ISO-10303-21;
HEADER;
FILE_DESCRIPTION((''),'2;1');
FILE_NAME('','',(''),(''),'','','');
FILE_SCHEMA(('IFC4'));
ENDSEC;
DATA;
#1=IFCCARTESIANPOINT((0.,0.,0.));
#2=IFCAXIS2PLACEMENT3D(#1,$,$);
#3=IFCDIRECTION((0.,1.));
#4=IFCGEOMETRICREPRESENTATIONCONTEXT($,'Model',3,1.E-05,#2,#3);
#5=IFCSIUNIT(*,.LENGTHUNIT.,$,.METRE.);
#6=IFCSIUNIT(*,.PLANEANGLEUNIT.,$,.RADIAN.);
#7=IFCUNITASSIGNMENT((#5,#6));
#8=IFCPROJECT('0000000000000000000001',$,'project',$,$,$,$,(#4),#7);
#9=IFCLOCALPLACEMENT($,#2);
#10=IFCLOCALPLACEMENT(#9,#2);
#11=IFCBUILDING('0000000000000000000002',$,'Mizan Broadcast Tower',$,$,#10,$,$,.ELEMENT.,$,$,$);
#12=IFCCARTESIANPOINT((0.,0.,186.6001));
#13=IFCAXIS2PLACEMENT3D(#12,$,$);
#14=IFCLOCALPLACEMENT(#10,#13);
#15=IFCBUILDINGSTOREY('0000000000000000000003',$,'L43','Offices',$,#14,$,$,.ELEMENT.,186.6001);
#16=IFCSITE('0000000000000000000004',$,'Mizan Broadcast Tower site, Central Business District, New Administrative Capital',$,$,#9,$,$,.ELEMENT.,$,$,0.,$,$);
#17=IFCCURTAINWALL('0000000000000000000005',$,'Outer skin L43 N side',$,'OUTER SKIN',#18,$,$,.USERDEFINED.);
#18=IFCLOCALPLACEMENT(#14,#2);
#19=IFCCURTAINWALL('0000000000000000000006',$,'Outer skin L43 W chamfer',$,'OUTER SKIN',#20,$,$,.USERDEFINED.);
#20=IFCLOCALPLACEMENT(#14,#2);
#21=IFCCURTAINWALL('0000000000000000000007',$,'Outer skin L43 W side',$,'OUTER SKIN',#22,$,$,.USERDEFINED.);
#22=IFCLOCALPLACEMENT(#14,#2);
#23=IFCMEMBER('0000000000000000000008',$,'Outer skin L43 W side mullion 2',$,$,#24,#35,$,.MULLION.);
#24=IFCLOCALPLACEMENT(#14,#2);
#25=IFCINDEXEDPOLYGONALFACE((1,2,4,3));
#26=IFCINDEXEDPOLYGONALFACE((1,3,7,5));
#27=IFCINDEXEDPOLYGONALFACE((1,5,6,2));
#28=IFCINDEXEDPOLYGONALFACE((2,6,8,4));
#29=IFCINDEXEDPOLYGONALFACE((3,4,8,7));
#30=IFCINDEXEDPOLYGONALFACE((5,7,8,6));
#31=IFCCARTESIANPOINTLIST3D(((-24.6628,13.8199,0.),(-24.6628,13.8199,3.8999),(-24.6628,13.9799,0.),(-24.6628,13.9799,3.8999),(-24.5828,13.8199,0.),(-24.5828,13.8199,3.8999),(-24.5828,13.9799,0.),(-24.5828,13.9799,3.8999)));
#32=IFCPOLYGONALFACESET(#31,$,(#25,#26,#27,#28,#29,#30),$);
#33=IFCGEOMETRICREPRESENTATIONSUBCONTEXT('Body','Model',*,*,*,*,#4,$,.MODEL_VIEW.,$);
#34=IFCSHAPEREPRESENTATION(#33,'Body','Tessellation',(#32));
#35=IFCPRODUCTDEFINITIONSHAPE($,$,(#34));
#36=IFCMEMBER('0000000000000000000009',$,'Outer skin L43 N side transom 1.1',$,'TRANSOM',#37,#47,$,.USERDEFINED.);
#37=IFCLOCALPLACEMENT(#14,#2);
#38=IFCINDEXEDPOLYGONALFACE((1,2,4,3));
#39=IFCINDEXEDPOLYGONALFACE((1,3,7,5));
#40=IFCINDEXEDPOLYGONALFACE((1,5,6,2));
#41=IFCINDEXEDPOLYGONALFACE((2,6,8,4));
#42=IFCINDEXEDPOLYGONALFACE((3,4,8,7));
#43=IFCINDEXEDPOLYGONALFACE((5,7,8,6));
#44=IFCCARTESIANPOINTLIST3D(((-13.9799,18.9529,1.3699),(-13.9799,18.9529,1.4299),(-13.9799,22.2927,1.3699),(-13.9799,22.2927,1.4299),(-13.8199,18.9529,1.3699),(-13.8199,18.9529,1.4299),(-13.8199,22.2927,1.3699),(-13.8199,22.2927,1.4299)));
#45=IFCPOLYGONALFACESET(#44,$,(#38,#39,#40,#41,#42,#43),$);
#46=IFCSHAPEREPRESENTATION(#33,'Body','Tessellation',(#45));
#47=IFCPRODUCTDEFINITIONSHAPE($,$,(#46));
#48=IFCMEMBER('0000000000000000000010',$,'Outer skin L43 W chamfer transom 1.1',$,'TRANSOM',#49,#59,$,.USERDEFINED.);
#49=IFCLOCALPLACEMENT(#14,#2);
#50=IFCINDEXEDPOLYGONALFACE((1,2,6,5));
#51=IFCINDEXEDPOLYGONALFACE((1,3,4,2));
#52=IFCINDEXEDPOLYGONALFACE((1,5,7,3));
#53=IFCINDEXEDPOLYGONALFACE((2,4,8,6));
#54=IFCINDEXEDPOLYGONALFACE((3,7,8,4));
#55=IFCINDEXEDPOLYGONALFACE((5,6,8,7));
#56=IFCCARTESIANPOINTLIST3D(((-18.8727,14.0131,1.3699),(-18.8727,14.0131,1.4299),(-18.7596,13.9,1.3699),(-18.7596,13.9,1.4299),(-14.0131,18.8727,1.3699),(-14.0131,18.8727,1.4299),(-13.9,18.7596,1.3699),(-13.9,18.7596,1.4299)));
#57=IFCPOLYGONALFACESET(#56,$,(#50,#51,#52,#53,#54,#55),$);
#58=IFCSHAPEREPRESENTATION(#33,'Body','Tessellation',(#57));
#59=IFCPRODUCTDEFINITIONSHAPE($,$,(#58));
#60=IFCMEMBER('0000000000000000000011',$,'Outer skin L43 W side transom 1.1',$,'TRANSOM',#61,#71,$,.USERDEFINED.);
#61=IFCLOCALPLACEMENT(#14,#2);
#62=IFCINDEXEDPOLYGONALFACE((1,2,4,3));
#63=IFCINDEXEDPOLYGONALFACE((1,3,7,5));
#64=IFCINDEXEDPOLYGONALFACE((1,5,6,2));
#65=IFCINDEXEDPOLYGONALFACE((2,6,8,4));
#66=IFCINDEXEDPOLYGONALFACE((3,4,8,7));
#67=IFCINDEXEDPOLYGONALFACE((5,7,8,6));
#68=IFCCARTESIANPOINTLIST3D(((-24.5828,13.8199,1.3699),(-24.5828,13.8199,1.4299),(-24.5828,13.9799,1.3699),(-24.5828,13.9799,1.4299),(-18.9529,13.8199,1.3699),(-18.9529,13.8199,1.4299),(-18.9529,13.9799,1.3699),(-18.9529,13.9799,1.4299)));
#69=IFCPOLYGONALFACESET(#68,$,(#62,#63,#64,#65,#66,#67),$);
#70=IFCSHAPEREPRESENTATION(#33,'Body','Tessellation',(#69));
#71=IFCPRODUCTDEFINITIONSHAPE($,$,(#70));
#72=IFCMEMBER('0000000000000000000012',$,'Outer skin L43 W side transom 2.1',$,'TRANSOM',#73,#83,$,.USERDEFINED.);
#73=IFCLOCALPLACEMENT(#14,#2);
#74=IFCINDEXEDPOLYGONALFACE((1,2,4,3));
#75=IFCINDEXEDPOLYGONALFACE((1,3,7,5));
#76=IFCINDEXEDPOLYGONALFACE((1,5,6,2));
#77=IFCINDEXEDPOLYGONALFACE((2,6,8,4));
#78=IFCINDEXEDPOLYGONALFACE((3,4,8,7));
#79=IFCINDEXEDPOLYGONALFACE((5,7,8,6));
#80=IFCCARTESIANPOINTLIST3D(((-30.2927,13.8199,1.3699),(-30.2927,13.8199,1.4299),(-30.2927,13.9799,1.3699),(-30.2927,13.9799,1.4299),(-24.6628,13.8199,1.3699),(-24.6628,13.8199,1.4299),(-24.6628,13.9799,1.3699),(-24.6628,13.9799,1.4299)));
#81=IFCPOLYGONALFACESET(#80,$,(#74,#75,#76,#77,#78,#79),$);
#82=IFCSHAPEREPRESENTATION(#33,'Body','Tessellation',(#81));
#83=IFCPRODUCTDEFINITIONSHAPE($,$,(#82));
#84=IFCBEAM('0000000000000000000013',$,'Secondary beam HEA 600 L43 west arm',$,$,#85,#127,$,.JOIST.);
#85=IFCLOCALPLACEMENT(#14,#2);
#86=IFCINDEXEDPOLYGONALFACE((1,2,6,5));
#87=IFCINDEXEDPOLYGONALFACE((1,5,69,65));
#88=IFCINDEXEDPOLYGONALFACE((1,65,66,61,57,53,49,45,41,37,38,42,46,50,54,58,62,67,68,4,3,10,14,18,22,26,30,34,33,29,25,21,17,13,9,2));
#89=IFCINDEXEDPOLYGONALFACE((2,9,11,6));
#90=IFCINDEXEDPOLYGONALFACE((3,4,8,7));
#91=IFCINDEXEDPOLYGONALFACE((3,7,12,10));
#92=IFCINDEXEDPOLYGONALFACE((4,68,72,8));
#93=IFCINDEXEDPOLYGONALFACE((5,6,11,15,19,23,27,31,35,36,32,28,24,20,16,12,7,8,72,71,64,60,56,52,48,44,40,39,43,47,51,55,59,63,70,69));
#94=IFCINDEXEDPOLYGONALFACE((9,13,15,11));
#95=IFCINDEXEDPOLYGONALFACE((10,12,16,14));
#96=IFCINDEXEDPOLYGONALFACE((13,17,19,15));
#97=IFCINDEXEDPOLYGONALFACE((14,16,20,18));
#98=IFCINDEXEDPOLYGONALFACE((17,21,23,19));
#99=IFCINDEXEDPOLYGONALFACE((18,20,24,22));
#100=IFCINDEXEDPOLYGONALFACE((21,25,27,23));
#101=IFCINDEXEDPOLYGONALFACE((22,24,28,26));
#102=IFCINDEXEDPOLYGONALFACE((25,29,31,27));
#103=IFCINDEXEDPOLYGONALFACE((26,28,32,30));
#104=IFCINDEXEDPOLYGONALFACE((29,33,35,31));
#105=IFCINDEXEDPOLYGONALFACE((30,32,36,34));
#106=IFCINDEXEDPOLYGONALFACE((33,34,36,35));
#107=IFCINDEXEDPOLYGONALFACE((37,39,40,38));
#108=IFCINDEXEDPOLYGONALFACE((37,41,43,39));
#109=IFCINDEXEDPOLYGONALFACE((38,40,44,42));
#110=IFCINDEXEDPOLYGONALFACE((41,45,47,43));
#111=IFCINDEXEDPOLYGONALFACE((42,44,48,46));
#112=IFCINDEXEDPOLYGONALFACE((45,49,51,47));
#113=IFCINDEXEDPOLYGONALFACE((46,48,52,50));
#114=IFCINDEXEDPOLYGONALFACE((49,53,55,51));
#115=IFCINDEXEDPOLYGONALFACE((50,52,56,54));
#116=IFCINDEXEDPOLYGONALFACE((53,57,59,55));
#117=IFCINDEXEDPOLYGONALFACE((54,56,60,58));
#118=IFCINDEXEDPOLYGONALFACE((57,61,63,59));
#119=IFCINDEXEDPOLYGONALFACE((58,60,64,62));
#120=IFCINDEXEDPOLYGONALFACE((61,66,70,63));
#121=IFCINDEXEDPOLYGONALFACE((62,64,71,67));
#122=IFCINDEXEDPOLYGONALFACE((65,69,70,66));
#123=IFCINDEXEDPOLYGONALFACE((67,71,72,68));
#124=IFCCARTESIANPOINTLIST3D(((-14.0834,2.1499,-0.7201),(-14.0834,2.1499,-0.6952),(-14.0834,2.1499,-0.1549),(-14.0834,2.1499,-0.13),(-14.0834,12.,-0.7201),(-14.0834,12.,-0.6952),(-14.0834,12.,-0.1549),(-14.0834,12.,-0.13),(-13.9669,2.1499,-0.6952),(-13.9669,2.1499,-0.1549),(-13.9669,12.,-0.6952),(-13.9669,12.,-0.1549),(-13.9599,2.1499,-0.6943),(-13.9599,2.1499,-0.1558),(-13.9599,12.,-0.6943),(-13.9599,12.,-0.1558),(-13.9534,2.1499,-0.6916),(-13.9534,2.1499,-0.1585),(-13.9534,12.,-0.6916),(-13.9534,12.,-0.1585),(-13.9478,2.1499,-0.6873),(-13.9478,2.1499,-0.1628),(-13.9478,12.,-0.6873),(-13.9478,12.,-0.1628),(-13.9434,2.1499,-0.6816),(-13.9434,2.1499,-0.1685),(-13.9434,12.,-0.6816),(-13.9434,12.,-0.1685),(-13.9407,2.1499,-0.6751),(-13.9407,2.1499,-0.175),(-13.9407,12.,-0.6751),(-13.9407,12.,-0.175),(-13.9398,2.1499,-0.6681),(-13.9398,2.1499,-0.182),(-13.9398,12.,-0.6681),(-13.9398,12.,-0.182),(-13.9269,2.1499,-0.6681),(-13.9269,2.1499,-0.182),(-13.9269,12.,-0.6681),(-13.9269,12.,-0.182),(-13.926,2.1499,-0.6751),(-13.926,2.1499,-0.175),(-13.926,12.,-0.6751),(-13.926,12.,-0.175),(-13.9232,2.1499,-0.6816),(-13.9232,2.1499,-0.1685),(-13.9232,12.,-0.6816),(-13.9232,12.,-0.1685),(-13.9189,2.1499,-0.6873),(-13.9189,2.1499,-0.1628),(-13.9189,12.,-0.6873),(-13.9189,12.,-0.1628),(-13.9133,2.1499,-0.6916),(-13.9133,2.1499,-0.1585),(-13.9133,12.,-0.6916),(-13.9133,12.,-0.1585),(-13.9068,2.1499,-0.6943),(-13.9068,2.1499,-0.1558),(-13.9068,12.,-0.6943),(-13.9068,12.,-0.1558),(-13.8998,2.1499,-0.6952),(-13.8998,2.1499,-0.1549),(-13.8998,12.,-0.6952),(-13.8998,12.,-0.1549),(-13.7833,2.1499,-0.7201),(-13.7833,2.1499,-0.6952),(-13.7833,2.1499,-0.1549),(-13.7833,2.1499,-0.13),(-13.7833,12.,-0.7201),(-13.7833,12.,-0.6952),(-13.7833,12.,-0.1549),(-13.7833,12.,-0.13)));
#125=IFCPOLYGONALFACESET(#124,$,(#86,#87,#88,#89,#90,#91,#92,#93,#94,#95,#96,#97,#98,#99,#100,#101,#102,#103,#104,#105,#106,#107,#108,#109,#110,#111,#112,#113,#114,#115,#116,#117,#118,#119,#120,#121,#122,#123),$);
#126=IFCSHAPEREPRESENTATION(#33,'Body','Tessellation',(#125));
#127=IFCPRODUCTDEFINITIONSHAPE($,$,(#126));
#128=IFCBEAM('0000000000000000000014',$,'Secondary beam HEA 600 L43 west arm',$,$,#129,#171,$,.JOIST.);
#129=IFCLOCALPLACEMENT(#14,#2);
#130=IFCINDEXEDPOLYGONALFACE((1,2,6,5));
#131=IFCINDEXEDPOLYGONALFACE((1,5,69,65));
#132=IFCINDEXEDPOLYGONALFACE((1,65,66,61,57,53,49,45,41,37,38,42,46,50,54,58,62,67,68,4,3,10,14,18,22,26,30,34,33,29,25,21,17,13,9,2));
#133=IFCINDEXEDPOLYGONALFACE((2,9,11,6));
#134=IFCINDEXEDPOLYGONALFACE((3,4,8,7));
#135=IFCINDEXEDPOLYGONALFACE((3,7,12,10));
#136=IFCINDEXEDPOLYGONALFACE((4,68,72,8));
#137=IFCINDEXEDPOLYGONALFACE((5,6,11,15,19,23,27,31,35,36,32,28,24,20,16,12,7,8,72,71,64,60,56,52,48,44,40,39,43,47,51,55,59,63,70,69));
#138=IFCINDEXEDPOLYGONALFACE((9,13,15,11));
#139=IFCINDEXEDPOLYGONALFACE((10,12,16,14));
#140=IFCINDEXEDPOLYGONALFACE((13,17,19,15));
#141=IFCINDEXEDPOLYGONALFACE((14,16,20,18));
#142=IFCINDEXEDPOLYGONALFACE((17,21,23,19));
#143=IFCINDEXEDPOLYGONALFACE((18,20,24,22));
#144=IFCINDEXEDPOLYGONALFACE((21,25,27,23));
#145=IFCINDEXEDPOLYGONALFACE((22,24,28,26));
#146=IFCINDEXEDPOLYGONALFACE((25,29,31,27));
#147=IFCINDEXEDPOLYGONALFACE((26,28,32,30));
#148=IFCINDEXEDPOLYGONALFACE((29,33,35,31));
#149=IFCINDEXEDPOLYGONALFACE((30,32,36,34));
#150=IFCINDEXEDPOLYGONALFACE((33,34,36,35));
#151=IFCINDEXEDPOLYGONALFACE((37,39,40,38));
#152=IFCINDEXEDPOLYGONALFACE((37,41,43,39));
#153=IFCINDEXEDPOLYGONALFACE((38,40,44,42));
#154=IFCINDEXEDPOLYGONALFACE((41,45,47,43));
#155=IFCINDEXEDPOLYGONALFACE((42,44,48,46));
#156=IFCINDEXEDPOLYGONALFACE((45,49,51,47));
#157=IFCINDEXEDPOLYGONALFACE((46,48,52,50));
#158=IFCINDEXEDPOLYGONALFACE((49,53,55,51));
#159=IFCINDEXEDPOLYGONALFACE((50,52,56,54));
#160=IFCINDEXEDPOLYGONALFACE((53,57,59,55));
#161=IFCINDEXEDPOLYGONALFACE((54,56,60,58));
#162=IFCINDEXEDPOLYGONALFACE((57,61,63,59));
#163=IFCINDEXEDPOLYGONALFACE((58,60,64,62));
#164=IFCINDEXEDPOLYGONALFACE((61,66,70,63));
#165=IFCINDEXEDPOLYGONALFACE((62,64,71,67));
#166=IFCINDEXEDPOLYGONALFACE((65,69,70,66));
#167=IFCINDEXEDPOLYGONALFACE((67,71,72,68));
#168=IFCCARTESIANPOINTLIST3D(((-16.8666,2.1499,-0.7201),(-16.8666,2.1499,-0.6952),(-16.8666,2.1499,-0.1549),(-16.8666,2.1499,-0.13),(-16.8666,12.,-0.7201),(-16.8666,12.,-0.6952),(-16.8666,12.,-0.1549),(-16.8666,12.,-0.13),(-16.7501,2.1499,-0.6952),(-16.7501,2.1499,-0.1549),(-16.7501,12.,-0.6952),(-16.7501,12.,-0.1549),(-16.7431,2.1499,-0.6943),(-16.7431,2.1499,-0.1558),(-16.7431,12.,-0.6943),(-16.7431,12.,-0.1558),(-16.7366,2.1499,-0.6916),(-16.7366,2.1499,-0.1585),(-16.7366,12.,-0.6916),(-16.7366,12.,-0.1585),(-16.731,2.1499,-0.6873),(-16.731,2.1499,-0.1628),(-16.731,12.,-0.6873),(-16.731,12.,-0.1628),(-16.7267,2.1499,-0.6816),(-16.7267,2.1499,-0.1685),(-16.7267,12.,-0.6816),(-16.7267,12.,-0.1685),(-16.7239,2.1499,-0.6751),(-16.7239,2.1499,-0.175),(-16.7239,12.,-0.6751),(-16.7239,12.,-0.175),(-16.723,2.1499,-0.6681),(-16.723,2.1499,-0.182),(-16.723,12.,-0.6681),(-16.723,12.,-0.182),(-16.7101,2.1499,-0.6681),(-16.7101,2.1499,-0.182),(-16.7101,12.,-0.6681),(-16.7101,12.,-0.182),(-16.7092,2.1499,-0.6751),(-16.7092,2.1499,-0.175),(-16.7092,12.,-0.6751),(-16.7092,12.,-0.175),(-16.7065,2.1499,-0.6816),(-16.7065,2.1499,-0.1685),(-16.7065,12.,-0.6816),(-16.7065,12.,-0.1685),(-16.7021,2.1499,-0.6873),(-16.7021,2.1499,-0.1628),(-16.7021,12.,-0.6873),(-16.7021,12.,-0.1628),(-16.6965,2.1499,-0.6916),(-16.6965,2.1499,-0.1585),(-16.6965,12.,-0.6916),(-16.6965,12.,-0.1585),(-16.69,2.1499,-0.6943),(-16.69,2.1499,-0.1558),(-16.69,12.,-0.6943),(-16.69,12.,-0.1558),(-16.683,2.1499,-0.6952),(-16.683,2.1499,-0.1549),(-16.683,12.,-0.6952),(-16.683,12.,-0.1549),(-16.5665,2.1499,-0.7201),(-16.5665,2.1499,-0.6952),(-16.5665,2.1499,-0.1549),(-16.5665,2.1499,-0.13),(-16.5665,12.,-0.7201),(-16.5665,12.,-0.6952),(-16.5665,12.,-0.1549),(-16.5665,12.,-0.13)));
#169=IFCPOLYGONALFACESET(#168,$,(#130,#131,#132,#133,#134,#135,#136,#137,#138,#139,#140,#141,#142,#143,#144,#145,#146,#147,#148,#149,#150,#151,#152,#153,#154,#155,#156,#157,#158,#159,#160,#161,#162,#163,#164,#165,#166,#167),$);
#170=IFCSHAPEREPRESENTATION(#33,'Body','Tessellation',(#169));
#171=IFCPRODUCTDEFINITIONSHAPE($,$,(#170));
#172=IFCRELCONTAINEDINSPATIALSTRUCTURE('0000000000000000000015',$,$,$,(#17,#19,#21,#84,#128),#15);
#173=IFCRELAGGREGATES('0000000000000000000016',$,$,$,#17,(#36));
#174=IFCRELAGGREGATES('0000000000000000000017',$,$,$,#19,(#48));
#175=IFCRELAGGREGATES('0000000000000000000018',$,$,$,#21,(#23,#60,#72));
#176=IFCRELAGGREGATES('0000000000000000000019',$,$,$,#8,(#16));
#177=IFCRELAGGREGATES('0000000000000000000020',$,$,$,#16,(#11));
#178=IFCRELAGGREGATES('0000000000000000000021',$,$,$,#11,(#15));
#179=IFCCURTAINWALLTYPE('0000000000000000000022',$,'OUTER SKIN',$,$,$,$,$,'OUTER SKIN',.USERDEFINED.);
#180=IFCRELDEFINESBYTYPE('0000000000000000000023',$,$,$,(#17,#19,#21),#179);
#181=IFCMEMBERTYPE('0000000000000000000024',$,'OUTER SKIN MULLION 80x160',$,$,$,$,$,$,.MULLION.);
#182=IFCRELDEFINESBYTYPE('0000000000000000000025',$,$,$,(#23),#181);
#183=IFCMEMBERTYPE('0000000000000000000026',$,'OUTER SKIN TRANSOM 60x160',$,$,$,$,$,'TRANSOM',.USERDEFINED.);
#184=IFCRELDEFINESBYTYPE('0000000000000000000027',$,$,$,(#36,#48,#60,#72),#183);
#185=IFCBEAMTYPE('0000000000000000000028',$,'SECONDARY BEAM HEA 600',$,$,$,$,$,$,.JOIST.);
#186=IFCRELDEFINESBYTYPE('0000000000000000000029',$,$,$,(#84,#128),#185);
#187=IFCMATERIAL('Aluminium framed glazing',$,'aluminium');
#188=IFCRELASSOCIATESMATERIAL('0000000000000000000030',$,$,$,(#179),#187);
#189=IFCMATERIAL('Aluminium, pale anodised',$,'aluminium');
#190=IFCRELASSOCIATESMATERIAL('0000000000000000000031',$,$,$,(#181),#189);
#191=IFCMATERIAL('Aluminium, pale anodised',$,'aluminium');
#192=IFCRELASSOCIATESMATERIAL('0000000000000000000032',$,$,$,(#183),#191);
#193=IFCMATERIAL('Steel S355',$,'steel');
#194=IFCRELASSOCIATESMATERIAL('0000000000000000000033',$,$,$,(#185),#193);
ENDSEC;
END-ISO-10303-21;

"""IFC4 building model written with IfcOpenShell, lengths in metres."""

from ifc_helpers import new_model, si_unit, direction, frame, origin, origin_2d, place, context, subcontext, project, spatial, rectangle, i_section, extrude, material, material_profile, profile_set, type_object, element, aggregate, save


model = new_model("IFC4")

# Units and contexts
model_context = context("Model", 3, precision=1e-05, world=origin(), true_north=direction((0.0, 1.0)))
body_context = subcontext(model_context, "Body", "Model", "MODEL_VIEW")
ifc_project = project(units=[si_unit("LENGTHUNIT", "METRE"), si_unit("PLANEANGLEUNIT", "RADIAN")], contexts=[model_context])

# Site, building, storey
site_placement = place(None, origin())
site = spatial("IfcSite", under=ifc_project, at=site_placement, Name="Mizan Broadcast Tower site, Central Business District, New Administrative Capital", CompositionType="ELEMENT", RefElevation=0.0)
building_placement = place(site_placement, origin())
building = spatial("IfcBuilding", under=site, at=building_placement, Name="Mizan Broadcast Tower", CompositionType="ELEMENT")
storey_placement = place(building_placement, frame((0.0, 0.0, 186.6001)))
storey = spatial("IfcBuildingStorey", under=building, at=storey_placement, Name="L43", Description="Offices", CompositionType="ELEMENT", Elevation=186.6001)

# Curtain walls, member
ifc_material_1 = material(Name="Aluminium framed glazing", Category="aluminium")
curtain_wall_type_1 = type_object("IfcCurtainWallType", Name="OUTER SKIN", ElementType="OUTER SKIN", PredefinedType="USERDEFINED", material=ifc_material_1)
ifc_material_2 = material(Name="Aluminium, pale anodised", Category="aluminium")
ifc_material_profile_1 = material_profile(ifc_material_2, rectangle(XDim=0.1599, YDim=0.0801, at=origin_2d()), Name="MULLION 160x80")
ifc_profile_set_1 = profile_set([ifc_material_profile_1], Name="Aluminium, pale anodised")
member_type_1 = type_object("IfcMemberType", Name="OUTER SKIN MULLION 80x160", PredefinedType="MULLION", material=ifc_profile_set_1)
curtain_wall_1_placement = place(storey_placement, origin())
curtain_wall_1 = element("IfcCurtainWall", 1, at=curtain_wall_1_placement, inside=storey, type_object=curtain_wall_type_1, Name="Outer skin L43 N side", ObjectType="OUTER SKIN", PredefinedType="USERDEFINED")
curtain_wall_2_placement = place(storey_placement, origin())
curtain_wall_2 = element("IfcCurtainWall", 2, at=curtain_wall_2_placement, inside=storey, type_object=curtain_wall_type_1, Name="Outer skin L43 W chamfer", ObjectType="OUTER SKIN", PredefinedType="USERDEFINED")
curtain_wall_3_placement = place(storey_placement, origin())
curtain_wall_3 = element("IfcCurtainWall", 3, at=curtain_wall_3_placement, inside=storey, type_object=curtain_wall_type_1, Name="Outer skin L43 W side", ObjectType="OUTER SKIN", PredefinedType="USERDEFINED")
member_1_placement = place(storey_placement, frame((-24.6228, 13.8999, 0.0), z_axis=(0.0, 0.0, 1.0), x_axis=(0.0, -1.0, 0.0)))
member_1 = element("IfcMember", 4, at=member_1_placement, type_object=member_type_1, Name="Outer skin L43 W side mullion 2", PredefinedType="MULLION", context=body_context, shape_type="SweptSolid", body=[
    extrude(rectangle(XDim=0.1599, YDim=0.0801, at=origin_2d()), origin(), (0.0, 0.0, 1.0), 3.8999),
])

# Members
ifc_material_3 = material(Name="Aluminium, pale anodised", Category="aluminium")
ifc_material_profile_2 = material_profile(ifc_material_3, rectangle(XDim=0.1599, YDim=0.0601, at=origin_2d()), Name="TRANSOM 160x60")
ifc_profile_set_2 = profile_set([ifc_material_profile_2], Name="Aluminium, pale anodised")
member_type_2 = type_object("IfcMemberType", Name="OUTER SKIN TRANSOM 60x160", ElementType="TRANSOM", PredefinedType="USERDEFINED", material=ifc_profile_set_2)
member_2_placement = place(storey_placement, frame((-13.8999, 22.2927, 1.3999), z_axis=(0.0, -1.0, 0.0), x_axis=(1.0, 0.0, 0.0)))
member_2 = element("IfcMember", 5, at=member_2_placement, type_object=member_type_2, Name="Outer skin L43 N side transom 1.1", ObjectType="TRANSOM", PredefinedType="USERDEFINED", context=body_context, shape_type="SweptSolid", body=[
    extrude(rectangle(XDim=0.1599, YDim=0.0601, at=origin_2d()), origin(), (0.0, 0.0, 1.0), 3.3398),
])
member_3_placement = place(storey_placement, frame((-13.9565, 18.8162, 1.3999), z_axis=(-0.707107, -0.707107, 0.0), x_axis=(0.707107, -0.707107, 0.0)))
member_3 = element("IfcMember", 6, at=member_3_placement, type_object=member_type_2, Name="Outer skin L43 W chamfer transom 1.1", ObjectType="TRANSOM", PredefinedType="USERDEFINED", context=body_context, shape_type="SweptSolid", body=[
    extrude(rectangle(XDim=0.1599, YDim=0.0601, at=origin_2d()), origin(), (0.0, 0.0, 1.0), 6.8726),
])
member_4_placement = place(storey_placement, frame((-18.9529, 13.8999, 1.3999), z_axis=(-1.0, 0.0, 0.0), x_axis=(0.0, -1.0, 0.0)))
member_4 = element("IfcMember", 7, at=member_4_placement, type_object=member_type_2, Name="Outer skin L43 W side transom 1.1", ObjectType="TRANSOM", PredefinedType="USERDEFINED", context=body_context, shape_type="SweptSolid", body=[
    extrude(rectangle(XDim=0.1599, YDim=0.0601, at=origin_2d()), origin(), (0.0, 0.0, 1.0), 5.6299),
])
member_5_placement = place(storey_placement, frame((-24.6628, 13.8999, 1.3999), z_axis=(-1.0, 0.0, 0.0), x_axis=(0.0, -1.0, 0.0)))
member_5 = element("IfcMember", 8, at=member_5_placement, type_object=member_type_2, Name="Outer skin L43 W side transom 2.1", ObjectType="TRANSOM", PredefinedType="USERDEFINED", context=body_context, shape_type="SweptSolid", body=[
    extrude(rectangle(XDim=0.1599, YDim=0.0601, at=origin_2d()), origin(), (0.0, 0.0, 1.0), 5.6299),
])

# Beams
ifc_material_4 = material(Name="Steel S355", Category="steel")
ifc_material_profile_3 = material_profile(ifc_material_4, i_section(OverallWidth=0.3, OverallDepth=0.5901, WebThickness=0.0129, FlangeThickness=0.0249, FilletRadius=0.0271, at=origin_2d()), Name="HEA 600")
ifc_profile_set_3 = profile_set([ifc_material_profile_3], Name="Steel S355")
beam_type_1 = type_object("IfcBeamType", Name="SECONDARY BEAM HEA 600", PredefinedType="JOIST", material=ifc_profile_set_3)
for number, where, z_axis, x_axis, name in (
    (9, (-13.9333, 12.0, -0.425), (0.0, -1.0, 0.0), (1.0, 0.0, 0.0), "Secondary beam HEA 600 L43 west arm"),
    (10, (-16.7166, 12.0, -0.425), (0.0, -1.0, 0.0), (1.0, 0.0, 0.0), "Secondary beam HEA 600 L43 west arm"),
):
    element("IfcBeam", number, at=place(storey_placement, frame(where, z_axis=z_axis, x_axis=x_axis)), inside=storey, type_object=beam_type_1, Name=name, PredefinedType="JOIST", context=body_context, shape_type="SweptSolid", body=[
        extrude(i_section(OverallWidth=0.3, OverallDepth=0.5901, WebThickness=0.0129, FlangeThickness=0.0249, FilletRadius=0.0271, at=origin_2d()), origin(), (0.0, 0.0, 1.0), 9.8501),
    ])

aggregate(curtain_wall_1, [member_2])
aggregate(curtain_wall_2, [member_3])
aggregate(curtain_wall_3, [member_1, member_4, member_5])

save(model, "model.ifc")
